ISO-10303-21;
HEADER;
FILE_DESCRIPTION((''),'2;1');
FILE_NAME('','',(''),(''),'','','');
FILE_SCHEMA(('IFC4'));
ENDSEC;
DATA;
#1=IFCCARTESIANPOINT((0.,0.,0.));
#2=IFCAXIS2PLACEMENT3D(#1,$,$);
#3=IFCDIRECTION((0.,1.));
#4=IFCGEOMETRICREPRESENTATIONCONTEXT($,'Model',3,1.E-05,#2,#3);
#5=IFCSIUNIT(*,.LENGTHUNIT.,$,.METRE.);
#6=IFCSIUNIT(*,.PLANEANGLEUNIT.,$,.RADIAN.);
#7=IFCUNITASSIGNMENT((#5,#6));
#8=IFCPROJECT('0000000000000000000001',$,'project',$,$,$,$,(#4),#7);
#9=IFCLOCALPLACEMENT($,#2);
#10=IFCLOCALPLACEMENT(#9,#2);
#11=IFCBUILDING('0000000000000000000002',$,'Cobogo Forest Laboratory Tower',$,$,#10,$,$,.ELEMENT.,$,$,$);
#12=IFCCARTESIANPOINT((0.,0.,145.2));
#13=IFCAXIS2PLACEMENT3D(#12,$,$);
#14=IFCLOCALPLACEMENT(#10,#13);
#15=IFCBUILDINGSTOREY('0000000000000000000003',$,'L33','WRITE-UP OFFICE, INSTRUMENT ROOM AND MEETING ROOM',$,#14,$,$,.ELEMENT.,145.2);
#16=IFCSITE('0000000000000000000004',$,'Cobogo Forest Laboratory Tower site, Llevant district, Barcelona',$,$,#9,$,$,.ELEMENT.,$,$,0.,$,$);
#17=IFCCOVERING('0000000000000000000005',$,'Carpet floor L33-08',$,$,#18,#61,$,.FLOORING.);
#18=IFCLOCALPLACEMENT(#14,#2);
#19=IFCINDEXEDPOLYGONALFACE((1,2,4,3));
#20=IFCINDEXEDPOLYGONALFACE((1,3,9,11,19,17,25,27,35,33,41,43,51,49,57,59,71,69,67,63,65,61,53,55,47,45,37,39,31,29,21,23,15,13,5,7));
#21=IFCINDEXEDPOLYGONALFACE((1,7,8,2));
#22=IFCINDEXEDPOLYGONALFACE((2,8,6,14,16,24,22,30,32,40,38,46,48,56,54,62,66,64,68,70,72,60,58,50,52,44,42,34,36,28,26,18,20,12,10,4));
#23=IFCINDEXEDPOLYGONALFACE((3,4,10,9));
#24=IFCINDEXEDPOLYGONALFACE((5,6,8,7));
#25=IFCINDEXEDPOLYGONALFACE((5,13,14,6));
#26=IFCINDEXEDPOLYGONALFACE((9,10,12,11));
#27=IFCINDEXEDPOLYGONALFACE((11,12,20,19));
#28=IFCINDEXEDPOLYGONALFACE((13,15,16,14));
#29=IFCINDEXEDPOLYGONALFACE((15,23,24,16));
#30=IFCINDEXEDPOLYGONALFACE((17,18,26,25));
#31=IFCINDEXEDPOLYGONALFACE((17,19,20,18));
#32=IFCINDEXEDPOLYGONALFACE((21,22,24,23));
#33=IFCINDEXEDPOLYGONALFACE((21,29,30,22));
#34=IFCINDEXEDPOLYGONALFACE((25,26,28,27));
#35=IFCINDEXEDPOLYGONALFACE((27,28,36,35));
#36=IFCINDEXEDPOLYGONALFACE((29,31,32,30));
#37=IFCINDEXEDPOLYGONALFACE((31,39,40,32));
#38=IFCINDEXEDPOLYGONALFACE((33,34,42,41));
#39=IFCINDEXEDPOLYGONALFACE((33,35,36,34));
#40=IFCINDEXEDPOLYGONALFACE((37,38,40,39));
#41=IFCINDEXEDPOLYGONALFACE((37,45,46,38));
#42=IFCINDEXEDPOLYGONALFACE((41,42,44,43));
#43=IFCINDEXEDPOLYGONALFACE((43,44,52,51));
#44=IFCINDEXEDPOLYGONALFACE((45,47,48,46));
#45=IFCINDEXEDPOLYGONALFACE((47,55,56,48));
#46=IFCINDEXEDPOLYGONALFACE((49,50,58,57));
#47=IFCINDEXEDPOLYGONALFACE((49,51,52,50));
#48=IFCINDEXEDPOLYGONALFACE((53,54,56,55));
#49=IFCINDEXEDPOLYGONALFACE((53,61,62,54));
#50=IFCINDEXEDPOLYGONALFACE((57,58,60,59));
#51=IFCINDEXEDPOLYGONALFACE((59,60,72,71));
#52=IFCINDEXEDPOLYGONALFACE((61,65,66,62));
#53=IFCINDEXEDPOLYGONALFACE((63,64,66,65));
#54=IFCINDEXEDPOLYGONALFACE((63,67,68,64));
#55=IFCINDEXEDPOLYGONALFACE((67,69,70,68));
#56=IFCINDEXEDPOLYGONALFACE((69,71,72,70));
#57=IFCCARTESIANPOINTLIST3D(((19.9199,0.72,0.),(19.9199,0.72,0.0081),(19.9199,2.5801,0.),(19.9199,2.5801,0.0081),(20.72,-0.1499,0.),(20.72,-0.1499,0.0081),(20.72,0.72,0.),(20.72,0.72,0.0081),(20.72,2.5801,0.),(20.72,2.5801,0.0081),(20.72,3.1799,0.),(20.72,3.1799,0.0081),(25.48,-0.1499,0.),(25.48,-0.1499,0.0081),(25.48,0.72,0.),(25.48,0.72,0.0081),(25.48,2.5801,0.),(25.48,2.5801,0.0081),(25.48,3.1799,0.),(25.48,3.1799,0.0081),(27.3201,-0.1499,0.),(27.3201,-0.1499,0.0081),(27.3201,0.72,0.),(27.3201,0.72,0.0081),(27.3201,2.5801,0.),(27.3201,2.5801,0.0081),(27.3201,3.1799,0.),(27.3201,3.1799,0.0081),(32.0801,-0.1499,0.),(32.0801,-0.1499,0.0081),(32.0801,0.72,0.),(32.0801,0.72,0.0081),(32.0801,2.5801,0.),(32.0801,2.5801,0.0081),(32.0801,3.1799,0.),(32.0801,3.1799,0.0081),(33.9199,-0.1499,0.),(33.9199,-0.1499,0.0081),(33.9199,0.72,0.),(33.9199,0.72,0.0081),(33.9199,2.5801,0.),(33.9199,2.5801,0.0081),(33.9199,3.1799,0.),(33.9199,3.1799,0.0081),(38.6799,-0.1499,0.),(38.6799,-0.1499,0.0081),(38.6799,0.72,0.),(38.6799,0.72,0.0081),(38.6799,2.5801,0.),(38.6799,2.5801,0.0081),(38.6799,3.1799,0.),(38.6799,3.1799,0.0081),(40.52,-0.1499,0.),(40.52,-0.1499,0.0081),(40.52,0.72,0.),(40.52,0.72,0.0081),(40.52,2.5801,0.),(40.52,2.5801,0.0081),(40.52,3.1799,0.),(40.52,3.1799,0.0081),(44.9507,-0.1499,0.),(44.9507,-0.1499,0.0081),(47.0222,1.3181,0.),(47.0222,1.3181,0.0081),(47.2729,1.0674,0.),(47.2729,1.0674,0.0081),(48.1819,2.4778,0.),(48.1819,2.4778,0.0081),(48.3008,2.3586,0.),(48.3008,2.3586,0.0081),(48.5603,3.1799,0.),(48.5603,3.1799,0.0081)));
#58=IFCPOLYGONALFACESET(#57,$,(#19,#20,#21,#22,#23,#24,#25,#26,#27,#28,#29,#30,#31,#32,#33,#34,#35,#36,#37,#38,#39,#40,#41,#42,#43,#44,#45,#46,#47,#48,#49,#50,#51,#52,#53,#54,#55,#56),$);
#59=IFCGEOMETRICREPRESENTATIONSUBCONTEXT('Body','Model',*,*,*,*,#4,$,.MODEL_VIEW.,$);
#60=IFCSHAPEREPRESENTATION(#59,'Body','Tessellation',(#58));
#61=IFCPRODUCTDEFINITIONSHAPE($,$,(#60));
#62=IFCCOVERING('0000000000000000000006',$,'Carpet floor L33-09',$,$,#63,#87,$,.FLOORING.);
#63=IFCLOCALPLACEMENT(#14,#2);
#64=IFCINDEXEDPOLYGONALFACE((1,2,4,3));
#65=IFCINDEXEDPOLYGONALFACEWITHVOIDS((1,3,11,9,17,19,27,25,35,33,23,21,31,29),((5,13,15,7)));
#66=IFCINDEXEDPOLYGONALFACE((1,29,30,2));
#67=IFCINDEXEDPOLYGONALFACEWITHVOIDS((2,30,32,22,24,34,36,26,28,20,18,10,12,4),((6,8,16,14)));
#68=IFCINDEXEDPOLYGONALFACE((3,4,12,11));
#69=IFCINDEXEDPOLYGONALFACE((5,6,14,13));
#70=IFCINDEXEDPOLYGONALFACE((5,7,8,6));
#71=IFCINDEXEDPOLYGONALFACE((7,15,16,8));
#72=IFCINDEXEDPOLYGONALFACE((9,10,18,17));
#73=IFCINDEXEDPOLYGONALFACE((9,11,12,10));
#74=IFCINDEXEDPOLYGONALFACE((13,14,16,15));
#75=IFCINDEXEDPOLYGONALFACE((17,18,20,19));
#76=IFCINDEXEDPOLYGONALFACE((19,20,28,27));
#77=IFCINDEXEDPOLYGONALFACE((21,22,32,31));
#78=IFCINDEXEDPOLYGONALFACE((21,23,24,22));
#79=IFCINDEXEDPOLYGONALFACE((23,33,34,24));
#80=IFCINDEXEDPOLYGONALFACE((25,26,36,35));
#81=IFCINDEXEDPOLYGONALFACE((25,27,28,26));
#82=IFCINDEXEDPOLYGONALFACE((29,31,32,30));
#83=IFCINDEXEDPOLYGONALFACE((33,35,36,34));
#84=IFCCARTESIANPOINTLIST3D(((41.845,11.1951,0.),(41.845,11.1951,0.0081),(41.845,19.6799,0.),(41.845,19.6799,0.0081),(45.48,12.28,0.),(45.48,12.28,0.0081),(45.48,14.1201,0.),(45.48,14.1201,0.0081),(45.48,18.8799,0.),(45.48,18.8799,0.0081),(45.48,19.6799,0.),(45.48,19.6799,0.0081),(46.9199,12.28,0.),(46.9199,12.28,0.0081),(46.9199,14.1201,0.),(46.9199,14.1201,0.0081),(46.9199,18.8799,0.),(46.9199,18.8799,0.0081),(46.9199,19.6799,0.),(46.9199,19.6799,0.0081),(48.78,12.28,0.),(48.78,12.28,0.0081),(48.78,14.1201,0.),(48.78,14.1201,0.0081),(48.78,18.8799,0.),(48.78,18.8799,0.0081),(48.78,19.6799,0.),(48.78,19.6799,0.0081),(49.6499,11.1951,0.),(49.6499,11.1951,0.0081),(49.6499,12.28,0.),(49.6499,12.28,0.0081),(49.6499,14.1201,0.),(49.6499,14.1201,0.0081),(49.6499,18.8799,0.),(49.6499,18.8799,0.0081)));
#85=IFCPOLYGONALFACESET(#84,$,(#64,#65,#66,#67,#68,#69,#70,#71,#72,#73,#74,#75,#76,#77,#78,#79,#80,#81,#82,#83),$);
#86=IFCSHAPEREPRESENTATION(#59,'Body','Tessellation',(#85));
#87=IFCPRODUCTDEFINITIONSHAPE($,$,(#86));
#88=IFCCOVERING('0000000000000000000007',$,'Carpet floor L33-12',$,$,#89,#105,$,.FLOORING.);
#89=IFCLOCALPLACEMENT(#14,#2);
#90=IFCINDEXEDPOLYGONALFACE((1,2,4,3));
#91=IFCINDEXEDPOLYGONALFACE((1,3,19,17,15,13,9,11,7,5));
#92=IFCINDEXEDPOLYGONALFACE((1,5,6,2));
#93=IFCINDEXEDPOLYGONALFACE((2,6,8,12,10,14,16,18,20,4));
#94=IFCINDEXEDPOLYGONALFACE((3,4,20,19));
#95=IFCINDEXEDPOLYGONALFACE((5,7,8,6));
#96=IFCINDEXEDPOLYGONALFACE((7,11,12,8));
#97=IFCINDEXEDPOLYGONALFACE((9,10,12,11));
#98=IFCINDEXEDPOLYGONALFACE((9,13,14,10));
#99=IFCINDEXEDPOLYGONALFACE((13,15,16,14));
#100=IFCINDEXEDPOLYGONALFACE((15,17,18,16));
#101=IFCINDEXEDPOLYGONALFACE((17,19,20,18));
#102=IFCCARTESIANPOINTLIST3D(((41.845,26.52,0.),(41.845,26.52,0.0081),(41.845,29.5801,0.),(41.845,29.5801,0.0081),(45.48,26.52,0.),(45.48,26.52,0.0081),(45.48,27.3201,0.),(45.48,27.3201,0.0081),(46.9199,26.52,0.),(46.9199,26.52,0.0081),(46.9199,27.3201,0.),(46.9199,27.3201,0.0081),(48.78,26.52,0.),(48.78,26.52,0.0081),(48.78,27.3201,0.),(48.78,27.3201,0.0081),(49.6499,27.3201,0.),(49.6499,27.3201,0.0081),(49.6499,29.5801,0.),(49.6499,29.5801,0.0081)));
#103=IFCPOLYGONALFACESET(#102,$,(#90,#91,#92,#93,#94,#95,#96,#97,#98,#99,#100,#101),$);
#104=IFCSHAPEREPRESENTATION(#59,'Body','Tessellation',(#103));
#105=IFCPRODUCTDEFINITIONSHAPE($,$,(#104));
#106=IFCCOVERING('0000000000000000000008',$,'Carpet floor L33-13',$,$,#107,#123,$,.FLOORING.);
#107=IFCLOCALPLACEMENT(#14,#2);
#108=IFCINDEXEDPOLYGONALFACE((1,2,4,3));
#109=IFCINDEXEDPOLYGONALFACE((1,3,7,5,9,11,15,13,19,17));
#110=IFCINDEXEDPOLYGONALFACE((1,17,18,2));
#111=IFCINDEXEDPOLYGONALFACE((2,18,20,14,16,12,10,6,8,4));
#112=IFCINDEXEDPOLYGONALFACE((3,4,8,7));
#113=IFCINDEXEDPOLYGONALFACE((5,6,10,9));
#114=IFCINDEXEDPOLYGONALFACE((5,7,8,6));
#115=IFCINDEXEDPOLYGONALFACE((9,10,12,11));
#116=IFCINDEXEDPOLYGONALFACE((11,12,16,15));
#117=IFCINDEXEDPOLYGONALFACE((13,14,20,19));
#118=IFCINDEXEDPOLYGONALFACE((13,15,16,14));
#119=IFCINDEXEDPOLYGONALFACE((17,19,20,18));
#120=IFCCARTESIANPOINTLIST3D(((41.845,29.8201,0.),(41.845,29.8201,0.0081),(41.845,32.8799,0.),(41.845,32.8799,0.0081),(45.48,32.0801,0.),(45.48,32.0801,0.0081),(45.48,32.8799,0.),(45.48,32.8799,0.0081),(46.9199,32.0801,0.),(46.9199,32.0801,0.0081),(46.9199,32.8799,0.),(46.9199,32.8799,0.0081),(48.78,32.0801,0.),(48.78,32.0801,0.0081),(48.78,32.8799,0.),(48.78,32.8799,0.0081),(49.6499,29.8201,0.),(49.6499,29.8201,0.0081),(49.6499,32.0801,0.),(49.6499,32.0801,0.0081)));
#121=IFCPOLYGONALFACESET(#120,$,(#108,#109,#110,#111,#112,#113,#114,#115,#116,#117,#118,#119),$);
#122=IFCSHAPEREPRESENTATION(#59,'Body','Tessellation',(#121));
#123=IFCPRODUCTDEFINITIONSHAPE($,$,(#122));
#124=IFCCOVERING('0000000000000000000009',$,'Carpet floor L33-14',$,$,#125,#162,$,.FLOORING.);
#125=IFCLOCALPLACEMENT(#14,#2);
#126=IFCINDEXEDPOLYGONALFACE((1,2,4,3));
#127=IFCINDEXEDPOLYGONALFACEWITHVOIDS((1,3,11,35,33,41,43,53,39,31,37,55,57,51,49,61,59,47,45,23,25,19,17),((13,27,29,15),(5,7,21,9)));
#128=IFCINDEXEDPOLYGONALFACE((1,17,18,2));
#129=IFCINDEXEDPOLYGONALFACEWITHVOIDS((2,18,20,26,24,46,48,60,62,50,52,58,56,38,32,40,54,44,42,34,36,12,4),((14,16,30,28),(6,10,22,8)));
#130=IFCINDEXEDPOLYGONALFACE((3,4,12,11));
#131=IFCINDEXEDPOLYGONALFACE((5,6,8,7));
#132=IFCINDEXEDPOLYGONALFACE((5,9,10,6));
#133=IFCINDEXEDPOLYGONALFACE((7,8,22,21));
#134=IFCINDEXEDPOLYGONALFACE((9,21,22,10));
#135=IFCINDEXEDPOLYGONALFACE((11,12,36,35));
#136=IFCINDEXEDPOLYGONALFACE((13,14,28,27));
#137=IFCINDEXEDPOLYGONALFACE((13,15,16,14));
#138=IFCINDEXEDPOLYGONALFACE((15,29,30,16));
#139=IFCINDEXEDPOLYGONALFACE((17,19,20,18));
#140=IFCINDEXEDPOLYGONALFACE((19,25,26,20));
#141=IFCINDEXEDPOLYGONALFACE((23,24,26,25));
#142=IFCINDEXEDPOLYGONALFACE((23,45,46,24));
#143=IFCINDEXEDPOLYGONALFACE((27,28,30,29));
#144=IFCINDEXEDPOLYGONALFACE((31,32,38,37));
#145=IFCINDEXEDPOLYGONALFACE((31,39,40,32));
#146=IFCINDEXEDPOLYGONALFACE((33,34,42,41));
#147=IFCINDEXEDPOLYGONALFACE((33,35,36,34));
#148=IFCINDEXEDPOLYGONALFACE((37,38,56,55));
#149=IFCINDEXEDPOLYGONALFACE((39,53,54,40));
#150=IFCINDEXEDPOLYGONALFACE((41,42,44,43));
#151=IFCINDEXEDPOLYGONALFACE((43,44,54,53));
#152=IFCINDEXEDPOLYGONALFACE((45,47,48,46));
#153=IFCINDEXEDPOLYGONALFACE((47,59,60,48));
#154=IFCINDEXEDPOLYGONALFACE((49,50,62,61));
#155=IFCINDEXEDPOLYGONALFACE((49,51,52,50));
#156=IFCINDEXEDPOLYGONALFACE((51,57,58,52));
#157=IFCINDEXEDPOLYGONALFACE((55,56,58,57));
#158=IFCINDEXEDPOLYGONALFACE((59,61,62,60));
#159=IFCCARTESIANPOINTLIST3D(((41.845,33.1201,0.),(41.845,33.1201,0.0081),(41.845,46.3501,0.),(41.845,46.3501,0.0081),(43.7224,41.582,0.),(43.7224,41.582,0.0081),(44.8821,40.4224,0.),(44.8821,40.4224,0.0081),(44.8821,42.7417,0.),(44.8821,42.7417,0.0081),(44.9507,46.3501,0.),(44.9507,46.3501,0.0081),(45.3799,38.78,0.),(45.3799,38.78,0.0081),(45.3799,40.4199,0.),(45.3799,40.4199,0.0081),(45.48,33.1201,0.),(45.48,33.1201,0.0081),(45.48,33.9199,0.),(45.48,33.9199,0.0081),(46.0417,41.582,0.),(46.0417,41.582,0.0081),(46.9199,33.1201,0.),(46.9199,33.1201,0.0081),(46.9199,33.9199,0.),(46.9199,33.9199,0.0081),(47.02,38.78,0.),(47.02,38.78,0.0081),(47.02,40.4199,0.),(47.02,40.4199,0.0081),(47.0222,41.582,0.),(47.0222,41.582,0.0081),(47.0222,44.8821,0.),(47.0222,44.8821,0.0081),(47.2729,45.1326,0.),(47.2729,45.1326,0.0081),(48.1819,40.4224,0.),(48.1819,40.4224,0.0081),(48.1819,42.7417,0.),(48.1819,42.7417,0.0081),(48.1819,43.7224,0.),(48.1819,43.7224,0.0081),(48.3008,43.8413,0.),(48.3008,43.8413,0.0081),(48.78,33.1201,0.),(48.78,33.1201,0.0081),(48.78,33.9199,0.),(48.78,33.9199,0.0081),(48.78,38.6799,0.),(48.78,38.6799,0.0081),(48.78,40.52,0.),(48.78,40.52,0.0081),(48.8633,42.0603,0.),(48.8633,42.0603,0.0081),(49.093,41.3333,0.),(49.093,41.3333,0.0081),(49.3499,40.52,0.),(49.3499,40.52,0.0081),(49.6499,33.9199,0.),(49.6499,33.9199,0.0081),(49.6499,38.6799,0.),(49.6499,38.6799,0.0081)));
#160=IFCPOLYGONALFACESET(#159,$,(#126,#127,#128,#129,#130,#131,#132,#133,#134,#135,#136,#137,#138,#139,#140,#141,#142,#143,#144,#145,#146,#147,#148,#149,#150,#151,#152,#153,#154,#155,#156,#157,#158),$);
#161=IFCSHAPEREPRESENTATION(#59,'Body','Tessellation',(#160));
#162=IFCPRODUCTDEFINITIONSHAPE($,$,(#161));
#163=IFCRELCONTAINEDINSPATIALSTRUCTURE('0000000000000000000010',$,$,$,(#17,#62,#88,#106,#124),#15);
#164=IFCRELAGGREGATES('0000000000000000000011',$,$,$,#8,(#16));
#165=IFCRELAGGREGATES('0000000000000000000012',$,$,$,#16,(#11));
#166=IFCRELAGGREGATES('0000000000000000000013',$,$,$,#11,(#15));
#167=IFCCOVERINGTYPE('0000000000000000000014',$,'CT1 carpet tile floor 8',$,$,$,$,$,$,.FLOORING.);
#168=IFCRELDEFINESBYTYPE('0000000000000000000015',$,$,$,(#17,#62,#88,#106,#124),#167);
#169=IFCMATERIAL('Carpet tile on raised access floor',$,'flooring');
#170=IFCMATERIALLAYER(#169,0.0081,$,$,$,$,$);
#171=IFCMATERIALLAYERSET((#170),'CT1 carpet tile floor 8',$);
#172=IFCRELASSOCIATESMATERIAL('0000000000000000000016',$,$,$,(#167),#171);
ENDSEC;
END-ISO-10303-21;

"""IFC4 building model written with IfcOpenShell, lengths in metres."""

from ifc_helpers import new_model, si_unit, direction, frame, origin, place, context, subcontext, project, spatial, polyline, outline, extrude, material, layer, layer_set, type_object, element, save


model = new_model("IFC4")

# Units and contexts
model_context = context("Model", 3, precision=1e-05, world=origin(), true_north=direction((0.0, 1.0)))
body_context = subcontext(model_context, "Body", "Model", "MODEL_VIEW")
ifc_project = project(units=[si_unit("LENGTHUNIT", "METRE"), si_unit("PLANEANGLEUNIT", "RADIAN")], contexts=[model_context])

# Site, building, storey
site_placement = place(None, origin())
site = spatial("IfcSite", under=ifc_project, at=site_placement, Name="Cobogo Forest Laboratory Tower site, Llevant district, Barcelona", CompositionType="ELEMENT", RefElevation=0.0)
building_placement = place(site_placement, origin())
building = spatial("IfcBuilding", under=site, at=building_placement, Name="Cobogo Forest Laboratory Tower", CompositionType="ELEMENT")
storey_placement = place(building_placement, frame((0.0, 0.0, 145.2)))
storey = spatial("IfcBuildingStorey", under=building, at=storey_placement, Name="L33", Description="WRITE-UP OFFICE, INSTRUMENT ROOM AND MEETING ROOM", CompositionType="ELEMENT", Elevation=145.2)

# Coverings
ifc_material_1 = material(Name="Carpet tile on raised access floor", Category="flooring")
ifc_layer_1 = layer(ifc_material_1, 0.0081)
ifc_layer_set_1 = layer_set([ifc_layer_1], Name="CT1 carpet tile floor 8")
covering_type_1 = type_object("IfcCoveringType", Name="CT1 carpet tile floor 8", PredefinedType="FLOORING", material=ifc_layer_set_1)
covering_1_placement = place(storey_placement, origin())
element("IfcCovering", 1, at=covering_1_placement, inside=storey, type_object=covering_type_1, Name="Carpet floor L33-08", PredefinedType="FLOORING", context=body_context, shape_type="SweptSolid", body=[
    extrude(outline(polyline([(25.48, 3.1799), (25.48, 2.5801), (27.3201, 2.5801), (27.3201, 3.1799), (32.0801, 3.1799), (32.0801, 2.5801), (33.9199, 2.5801), (33.9199, 3.1799), (38.6799, 3.1799), (38.6799, 2.5801), (40.52, 2.5801), (40.52, 3.1799), (48.5603, 3.1799), (48.3008, 2.3586), (48.1819, 2.4778), (47.0222, 1.3181), (47.2729, 1.0674), (44.9507, -0.1499), (40.52, -0.1499), (40.52, 0.72), (38.6799, 0.72), (38.6799, -0.1499), (33.9199, -0.1499), (33.9199, 0.72), (32.0801, 0.72), (32.0801, -0.1499), (27.3201, -0.1499), (27.3201, 0.72), (25.48, 0.72), (25.48, -0.1499), (20.72, -0.1499), (20.72, 0.72), (19.9199, 0.72), (19.9199, 2.5801), (20.72, 2.5801), (20.72, 3.1799), (25.48, 3.1799)])), origin(), (0.0, 0.0, 1.0), 0.0081),
])
covering_2_placement = place(storey_placement, origin())
element("IfcCovering", 2, at=covering_2_placement, inside=storey, type_object=covering_type_1, Name="Carpet floor L33-09", PredefinedType="FLOORING", context=body_context, shape_type="SweptSolid", body=[
    extrude(outline(polyline([(41.845, 19.6799), (45.48, 19.6799), (45.48, 18.8799), (46.9199, 18.8799), (46.9199, 19.6799), (48.78, 19.6799), (48.78, 18.8799), (49.6499, 18.8799), (49.6499, 14.1201), (48.78, 14.1201), (48.78, 12.28), (49.6499, 12.28), (49.6499, 11.1951), (41.845, 11.1951), (41.845, 19.6799)]), holes=[polyline([(45.48, 12.28), (46.9199, 12.28), (46.9199, 14.1201), (45.48, 14.1201), (45.48, 12.28)])]), origin(), (0.0, 0.0, 1.0), 0.0081),
])
covering_3_placement = place(storey_placement, origin())
element("IfcCovering", 3, at=covering_3_placement, inside=storey, type_object=covering_type_1, Name="Carpet floor L33-12", PredefinedType="FLOORING", context=body_context, shape_type="SweptSolid", body=[
    extrude(outline(polyline([(41.845, 29.5801), (49.6499, 29.5801), (49.6499, 27.3201), (48.78, 27.3201), (48.78, 26.52), (46.9199, 26.52), (46.9199, 27.3201), (45.48, 27.3201), (45.48, 26.52), (41.845, 26.52), (41.845, 29.5801)])), origin(), (0.0, 0.0, 1.0), 0.0081),
])
covering_4_placement = place(storey_placement, origin())
element("IfcCovering", 4, at=covering_4_placement, inside=storey, type_object=covering_type_1, Name="Carpet floor L33-13", PredefinedType="FLOORING", context=body_context, shape_type="SweptSolid", body=[
    extrude(outline(polyline([(41.845, 32.8799), (45.48, 32.8799), (45.48, 32.0801), (46.9199, 32.0801), (46.9199, 32.8799), (48.78, 32.8799), (48.78, 32.0801), (49.6499, 32.0801), (49.6499, 29.8201), (41.845, 29.8201), (41.845, 32.8799)])), origin(), (0.0, 0.0, 1.0), 0.0081),
])
covering_5_placement = place(storey_placement, origin())
element("IfcCovering", 5, at=covering_5_placement, inside=storey, type_object=covering_type_1, Name="Carpet floor L33-14", PredefinedType="FLOORING", context=body_context, shape_type="SweptSolid", body=[
    extrude(outline(polyline([(41.845, 46.3501), (44.9507, 46.3501), (47.2729, 45.1326), (47.0222, 44.8821), (48.1819, 43.7224), (48.3008, 43.8413), (48.8633, 42.0603), (48.1819, 42.7417), (47.0222, 41.582), (48.1819, 40.4224), (49.093, 41.3333), (49.3499, 40.52), (48.78, 40.52), (48.78, 38.6799), (49.6499, 38.6799), (49.6499, 33.9199), (48.78, 33.9199), (48.78, 33.1201), (46.9199, 33.1201), (46.9199, 33.9199), (45.48, 33.9199), (45.48, 33.1201), (41.845, 33.1201), (41.845, 46.3501)]), holes=[polyline([(45.3799, 40.4199), (45.3799, 38.78), (47.02, 38.78), (47.02, 40.4199), (45.3799, 40.4199)]), polyline([(43.7224, 41.582), (44.8821, 40.4224), (46.0417, 41.582), (44.8821, 42.7417), (43.7224, 41.582)])]), origin(), (0.0, 0.0, 1.0), 0.0081),
])

save(model, "model.ifc")
